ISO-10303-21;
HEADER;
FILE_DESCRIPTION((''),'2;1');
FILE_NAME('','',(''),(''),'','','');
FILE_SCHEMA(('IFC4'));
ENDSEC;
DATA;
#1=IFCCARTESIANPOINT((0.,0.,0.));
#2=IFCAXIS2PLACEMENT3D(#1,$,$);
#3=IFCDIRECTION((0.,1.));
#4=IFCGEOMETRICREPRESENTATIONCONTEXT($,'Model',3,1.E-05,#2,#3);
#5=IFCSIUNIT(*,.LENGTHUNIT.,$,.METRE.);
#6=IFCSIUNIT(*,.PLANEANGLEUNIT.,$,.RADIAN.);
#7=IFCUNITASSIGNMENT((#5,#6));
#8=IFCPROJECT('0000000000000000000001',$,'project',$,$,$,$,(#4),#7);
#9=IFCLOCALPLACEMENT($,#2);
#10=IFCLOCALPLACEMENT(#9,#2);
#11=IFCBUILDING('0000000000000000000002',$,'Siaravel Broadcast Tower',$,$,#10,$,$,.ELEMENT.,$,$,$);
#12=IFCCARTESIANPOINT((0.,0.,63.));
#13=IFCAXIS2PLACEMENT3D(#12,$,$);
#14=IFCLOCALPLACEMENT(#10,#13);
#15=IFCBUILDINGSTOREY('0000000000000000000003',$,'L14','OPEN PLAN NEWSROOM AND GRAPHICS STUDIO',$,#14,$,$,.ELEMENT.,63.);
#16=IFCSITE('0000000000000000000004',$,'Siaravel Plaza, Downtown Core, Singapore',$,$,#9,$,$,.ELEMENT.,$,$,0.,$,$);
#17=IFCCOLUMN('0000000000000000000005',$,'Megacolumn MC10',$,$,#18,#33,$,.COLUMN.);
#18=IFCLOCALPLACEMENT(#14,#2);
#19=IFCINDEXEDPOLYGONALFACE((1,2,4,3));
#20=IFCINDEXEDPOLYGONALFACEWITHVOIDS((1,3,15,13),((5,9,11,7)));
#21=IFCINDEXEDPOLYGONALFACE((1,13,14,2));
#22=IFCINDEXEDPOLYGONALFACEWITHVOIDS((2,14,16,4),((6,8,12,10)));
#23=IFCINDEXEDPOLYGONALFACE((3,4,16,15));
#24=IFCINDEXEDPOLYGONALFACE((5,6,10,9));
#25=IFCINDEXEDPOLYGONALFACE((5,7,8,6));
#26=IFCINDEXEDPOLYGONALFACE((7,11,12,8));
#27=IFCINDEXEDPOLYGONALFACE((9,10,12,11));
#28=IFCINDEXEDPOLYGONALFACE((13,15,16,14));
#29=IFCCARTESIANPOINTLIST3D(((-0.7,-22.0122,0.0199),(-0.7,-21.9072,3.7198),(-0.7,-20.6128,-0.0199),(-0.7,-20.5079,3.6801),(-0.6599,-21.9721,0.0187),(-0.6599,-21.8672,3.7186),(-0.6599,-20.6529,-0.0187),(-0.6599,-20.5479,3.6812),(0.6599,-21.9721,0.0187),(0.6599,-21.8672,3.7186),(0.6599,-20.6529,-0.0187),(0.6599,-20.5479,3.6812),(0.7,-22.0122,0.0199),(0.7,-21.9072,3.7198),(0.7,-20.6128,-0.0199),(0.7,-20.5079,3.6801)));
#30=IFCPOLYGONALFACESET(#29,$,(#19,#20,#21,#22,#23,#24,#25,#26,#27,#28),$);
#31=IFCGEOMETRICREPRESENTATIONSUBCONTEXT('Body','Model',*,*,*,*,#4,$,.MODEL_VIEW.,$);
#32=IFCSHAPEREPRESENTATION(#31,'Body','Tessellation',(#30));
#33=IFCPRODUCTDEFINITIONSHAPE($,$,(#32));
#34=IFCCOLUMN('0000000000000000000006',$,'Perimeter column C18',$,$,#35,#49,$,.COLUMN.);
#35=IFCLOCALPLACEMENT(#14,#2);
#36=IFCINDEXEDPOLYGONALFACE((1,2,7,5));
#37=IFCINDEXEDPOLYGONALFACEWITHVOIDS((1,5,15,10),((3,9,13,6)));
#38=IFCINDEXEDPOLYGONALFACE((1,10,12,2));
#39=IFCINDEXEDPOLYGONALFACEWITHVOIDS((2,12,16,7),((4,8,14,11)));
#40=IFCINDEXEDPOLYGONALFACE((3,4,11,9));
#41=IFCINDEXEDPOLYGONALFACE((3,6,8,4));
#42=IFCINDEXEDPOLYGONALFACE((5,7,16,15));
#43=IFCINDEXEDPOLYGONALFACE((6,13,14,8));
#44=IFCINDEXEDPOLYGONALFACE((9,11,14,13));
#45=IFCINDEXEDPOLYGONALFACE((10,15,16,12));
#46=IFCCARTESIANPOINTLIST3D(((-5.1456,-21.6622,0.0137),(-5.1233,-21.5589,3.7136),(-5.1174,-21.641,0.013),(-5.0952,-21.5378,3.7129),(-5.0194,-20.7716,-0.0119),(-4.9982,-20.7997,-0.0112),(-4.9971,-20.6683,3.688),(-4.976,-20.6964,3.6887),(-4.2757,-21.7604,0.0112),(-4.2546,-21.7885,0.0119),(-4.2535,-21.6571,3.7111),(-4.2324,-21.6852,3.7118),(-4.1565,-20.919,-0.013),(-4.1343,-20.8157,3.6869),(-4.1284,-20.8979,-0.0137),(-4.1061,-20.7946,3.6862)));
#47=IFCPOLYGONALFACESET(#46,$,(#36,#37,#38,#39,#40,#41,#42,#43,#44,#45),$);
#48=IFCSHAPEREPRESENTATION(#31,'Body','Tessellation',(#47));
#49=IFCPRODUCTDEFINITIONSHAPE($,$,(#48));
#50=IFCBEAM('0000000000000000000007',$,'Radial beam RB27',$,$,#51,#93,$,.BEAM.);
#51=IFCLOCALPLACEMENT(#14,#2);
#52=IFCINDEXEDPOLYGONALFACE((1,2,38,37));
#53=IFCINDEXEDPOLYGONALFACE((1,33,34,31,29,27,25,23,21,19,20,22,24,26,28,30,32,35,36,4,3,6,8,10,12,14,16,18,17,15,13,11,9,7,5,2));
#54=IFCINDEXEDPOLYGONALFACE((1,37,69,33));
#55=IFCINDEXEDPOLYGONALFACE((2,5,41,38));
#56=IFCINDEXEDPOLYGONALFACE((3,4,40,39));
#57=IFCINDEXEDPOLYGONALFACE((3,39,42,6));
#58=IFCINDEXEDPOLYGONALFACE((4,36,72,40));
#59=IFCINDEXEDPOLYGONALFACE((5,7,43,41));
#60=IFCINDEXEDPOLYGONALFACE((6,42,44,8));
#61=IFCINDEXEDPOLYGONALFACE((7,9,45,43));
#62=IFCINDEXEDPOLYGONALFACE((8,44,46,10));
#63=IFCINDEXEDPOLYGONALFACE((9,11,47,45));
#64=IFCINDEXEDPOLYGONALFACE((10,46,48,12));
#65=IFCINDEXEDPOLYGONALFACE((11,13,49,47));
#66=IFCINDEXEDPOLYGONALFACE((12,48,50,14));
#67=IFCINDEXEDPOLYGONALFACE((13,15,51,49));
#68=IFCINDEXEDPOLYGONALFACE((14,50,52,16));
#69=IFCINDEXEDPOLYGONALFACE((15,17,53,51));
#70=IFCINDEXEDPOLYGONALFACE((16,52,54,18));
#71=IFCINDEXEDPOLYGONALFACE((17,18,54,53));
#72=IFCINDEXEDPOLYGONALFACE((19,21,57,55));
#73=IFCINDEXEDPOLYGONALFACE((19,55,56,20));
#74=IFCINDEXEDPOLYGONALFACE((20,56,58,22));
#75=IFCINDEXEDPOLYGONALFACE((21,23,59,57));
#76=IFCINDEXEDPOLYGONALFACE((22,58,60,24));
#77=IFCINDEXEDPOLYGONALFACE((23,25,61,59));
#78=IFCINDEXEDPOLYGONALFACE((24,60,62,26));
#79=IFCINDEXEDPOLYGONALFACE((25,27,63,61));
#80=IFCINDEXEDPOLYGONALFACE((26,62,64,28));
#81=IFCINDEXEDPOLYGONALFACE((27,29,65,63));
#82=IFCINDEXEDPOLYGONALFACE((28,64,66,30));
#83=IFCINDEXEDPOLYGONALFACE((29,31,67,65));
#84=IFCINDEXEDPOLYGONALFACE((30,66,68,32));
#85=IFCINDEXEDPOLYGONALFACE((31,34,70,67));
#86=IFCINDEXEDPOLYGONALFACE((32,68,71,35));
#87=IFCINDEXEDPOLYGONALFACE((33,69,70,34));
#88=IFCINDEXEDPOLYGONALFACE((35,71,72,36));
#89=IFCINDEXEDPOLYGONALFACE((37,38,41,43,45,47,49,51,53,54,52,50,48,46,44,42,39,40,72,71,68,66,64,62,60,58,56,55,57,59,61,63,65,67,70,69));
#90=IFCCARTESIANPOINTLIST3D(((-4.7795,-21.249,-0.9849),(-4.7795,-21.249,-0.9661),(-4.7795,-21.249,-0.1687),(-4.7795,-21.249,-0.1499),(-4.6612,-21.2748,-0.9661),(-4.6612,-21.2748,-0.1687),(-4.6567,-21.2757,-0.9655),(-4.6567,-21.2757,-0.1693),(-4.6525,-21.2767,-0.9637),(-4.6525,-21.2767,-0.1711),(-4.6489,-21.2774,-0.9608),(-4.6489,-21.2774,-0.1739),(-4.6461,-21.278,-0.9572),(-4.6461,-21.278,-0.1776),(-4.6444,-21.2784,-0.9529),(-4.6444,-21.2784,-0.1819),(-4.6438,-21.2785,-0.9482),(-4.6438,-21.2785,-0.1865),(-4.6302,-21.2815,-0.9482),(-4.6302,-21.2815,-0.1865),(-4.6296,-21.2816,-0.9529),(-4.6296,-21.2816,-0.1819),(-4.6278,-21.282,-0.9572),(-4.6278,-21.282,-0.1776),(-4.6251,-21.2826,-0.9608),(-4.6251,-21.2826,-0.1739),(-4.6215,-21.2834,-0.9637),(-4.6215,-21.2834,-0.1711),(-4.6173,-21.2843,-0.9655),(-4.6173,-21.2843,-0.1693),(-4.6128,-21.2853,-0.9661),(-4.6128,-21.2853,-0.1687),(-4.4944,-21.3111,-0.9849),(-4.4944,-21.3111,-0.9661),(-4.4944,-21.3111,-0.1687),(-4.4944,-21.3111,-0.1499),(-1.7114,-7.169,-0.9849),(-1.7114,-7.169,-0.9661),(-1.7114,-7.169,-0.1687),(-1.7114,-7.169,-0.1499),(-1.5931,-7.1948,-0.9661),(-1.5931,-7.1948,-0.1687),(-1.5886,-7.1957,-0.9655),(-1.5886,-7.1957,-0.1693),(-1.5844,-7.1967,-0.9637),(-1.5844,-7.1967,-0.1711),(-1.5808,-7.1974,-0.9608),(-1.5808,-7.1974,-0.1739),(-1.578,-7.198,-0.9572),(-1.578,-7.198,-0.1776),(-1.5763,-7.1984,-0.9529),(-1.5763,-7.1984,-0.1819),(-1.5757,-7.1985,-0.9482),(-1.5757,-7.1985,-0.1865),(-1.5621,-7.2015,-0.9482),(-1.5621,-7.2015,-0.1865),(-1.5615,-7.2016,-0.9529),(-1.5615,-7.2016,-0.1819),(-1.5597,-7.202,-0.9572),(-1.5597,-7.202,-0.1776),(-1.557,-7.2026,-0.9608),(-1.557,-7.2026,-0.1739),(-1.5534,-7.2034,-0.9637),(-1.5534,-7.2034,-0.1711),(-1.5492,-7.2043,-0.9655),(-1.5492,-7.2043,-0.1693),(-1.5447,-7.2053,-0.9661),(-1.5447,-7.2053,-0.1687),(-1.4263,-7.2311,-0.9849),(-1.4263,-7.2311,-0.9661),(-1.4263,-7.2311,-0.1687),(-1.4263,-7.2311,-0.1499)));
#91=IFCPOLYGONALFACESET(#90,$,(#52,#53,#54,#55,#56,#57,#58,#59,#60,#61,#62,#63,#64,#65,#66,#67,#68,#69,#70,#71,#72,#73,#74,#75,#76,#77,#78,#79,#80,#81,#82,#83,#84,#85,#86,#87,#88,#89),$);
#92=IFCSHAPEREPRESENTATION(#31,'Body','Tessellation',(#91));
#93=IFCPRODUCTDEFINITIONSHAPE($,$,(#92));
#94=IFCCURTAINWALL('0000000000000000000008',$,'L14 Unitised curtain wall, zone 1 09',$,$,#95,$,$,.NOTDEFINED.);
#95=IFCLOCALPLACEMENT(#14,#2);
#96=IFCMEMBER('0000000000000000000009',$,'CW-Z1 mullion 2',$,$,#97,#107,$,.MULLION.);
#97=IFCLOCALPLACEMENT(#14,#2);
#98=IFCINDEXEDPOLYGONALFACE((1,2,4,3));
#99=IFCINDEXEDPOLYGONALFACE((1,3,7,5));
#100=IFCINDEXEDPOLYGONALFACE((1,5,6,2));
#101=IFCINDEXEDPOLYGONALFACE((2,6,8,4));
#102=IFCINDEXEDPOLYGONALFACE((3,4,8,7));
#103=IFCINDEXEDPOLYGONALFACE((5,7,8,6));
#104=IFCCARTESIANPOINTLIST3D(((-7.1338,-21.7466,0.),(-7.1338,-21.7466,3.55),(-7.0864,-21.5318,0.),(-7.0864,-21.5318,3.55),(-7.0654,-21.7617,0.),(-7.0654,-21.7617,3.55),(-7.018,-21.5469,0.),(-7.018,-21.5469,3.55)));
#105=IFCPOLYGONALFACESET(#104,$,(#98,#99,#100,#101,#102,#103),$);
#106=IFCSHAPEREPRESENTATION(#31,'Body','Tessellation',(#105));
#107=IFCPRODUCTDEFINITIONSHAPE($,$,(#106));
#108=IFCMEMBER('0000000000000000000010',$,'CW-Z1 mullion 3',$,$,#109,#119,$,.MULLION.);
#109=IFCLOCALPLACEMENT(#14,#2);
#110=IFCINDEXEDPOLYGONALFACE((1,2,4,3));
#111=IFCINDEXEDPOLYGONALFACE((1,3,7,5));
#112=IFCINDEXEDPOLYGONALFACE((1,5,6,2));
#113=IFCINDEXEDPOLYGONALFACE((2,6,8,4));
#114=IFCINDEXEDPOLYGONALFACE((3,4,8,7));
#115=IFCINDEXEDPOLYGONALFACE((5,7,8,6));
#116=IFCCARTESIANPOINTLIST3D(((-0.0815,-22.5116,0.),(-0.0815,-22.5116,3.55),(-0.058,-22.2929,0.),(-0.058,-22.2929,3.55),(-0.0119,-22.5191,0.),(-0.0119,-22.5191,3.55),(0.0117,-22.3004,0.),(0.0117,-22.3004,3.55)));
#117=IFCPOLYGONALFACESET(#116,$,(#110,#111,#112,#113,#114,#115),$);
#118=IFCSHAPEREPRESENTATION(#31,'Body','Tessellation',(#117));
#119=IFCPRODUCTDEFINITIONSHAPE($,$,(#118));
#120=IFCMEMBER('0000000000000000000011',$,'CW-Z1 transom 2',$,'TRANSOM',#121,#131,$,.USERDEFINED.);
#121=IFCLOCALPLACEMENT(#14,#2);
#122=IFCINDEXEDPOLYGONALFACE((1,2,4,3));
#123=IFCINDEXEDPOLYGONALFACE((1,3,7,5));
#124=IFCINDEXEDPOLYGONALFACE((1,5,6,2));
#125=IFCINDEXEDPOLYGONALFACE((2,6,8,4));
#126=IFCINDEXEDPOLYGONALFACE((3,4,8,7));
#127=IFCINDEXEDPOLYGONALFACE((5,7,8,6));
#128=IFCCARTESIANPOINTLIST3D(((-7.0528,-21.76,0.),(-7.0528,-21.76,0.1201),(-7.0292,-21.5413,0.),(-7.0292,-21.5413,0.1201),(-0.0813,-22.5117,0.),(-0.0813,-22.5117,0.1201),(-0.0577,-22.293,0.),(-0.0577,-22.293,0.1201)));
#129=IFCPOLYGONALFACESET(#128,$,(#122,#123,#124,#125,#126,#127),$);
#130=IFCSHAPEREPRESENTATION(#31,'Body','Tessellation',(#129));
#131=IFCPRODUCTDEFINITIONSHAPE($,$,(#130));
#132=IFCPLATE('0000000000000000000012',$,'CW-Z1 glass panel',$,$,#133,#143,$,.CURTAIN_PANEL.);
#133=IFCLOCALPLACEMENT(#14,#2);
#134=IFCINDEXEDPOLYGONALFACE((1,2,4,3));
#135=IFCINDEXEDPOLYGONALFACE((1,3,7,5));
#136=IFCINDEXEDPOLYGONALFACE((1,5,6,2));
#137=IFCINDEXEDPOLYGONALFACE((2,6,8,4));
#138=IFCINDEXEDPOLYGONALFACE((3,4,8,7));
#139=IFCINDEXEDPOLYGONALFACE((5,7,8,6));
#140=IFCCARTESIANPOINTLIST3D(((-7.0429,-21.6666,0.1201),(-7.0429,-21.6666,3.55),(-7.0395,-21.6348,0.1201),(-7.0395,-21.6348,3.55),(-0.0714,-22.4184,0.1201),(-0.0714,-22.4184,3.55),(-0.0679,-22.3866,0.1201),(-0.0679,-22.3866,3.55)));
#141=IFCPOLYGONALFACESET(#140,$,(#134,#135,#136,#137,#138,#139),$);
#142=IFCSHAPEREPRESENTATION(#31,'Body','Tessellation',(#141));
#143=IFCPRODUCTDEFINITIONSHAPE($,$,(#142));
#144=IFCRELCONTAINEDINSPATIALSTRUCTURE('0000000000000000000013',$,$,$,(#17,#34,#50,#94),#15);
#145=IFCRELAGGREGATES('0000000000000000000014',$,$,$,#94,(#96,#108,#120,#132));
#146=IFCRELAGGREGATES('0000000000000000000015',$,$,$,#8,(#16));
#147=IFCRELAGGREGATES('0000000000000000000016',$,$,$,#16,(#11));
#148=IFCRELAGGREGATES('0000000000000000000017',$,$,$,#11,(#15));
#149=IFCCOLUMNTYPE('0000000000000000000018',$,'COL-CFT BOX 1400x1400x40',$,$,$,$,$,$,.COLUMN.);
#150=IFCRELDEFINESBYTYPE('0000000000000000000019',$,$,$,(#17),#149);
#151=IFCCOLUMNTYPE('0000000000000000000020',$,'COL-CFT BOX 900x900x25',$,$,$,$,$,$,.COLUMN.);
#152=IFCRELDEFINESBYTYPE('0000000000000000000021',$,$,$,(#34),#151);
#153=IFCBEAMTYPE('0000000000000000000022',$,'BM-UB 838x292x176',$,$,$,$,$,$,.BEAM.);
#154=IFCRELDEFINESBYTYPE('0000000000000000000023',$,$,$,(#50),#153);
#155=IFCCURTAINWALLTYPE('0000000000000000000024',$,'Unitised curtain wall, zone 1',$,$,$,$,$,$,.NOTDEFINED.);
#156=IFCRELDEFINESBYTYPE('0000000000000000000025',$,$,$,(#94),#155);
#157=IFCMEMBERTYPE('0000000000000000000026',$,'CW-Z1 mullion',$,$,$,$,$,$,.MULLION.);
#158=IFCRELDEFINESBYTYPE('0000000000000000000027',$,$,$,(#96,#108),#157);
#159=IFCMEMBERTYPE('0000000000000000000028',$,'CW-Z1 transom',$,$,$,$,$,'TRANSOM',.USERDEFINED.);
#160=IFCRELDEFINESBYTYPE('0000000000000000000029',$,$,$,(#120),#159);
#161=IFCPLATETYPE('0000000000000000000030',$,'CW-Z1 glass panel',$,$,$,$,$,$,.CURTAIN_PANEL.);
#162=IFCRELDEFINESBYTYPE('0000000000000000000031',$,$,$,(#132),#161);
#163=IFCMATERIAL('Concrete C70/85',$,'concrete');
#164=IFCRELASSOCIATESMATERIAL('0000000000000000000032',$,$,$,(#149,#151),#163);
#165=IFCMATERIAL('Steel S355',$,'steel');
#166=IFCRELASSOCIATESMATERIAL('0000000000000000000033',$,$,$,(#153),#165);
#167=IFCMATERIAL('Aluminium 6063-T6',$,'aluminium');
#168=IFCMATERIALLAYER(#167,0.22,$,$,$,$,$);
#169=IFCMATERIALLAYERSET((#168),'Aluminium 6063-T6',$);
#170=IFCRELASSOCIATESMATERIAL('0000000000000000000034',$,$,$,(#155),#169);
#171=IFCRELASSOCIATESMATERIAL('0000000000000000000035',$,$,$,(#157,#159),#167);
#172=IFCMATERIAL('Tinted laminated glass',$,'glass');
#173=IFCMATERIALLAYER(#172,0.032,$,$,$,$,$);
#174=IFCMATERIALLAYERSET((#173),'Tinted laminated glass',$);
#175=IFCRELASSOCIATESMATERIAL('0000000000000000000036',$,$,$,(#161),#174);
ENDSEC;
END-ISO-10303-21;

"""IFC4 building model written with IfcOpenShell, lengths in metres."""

from ifc_helpers import new_model, si_unit, direction, frame, origin, origin_2d, place, context, subcontext, project, spatial, rectangle, hollow_rectangle, i_section, extrude, material, layer, layer_set, material_profile, profile_set, type_object, element, aggregate, save


model = new_model("IFC4")

# Units and contexts
model_context = context("Model", 3, precision=1e-05, world=origin(), true_north=direction((0.0, 1.0)))
body_context = subcontext(model_context, "Body", "Model", "MODEL_VIEW")
ifc_project = project(units=[si_unit("LENGTHUNIT", "METRE"), si_unit("PLANEANGLEUNIT", "RADIAN")], contexts=[model_context])

# Site, building, storey
site_placement = place(None, origin())
site = spatial("IfcSite", under=ifc_project, at=site_placement, Name="Siaravel Plaza, Downtown Core, Singapore", CompositionType="ELEMENT", RefElevation=0.0)
building_placement = place(site_placement, origin())
building = spatial("IfcBuilding", under=site, at=building_placement, Name="Siaravel Broadcast Tower", CompositionType="ELEMENT")
storey_placement = place(building_placement, frame((0.0, 0.0, 63.0)))
storey = spatial("IfcBuildingStorey", under=building, at=storey_placement, Name="L14", Description="OPEN PLAN NEWSROOM AND GRAPHICS STUDIO", CompositionType="ELEMENT", Elevation=63.0)

# Columns
ifc_material_1 = material(Name="Concrete C70/85", Category="concrete")
ifc_material_profile_1 = material_profile(ifc_material_1, hollow_rectangle(XDim=1.3999, YDim=1.3999, WallThickness=0.04, at=origin_2d()))
ifc_profile_set_1 = profile_set([ifc_material_profile_1], Name="Concrete C70/85")
column_type_1 = type_object("IfcColumnType", Name="COL-CFT BOX 1400x1400x40", PredefinedType="COLUMN", material=ifc_profile_set_1)
column_1_placement = place(storey_placement, frame((0.0, -21.3125, 0.0), z_axis=(0.0, 0.028362, 0.999598), x_axis=(-1.0, 0.0, 0.0)))
element("IfcColumn", 1, at=column_1_placement, inside=storey, type_object=column_type_1, Name="Megacolumn MC10", PredefinedType="COLUMN", context=body_context, shape_type="SweptSolid", body=[
    extrude(hollow_rectangle(XDim=1.3999, YDim=1.3999, WallThickness=0.04, at=origin_2d()), origin(), (0.0, 0.0, 1.0), 3.7014),
])
ifc_material_profile_2 = material_profile(ifc_material_1, hollow_rectangle(XDim=0.8999, YDim=0.8999, WallThickness=0.0249, at=origin_2d()))
ifc_profile_set_2 = profile_set([ifc_material_profile_2], Name="Concrete C70/85")
column_type_2 = type_object("IfcColumnType", Name="COL-CFT BOX 900x900x25", PredefinedType="COLUMN", material=ifc_profile_set_2)
column_2_placement = place(storey_placement, frame((-4.637, -21.28, 0.0), z_axis=(0.006002, 0.0279, 0.999593), x_axis=(-0.990099, 0.140359, 0.002028)))
element("IfcColumn", 2, at=column_2_placement, inside=storey, type_object=column_type_2, Name="Perimeter column C18", PredefinedType="COLUMN", context=body_context, shape_type="SweptSolid", body=[
    extrude(hollow_rectangle(XDim=0.8999, YDim=0.8999, WallThickness=0.0249, at=origin_2d()), origin(), (0.0, 0.0, 1.0), 3.7014),
])

# Beam
ifc_material_2 = material(Name="Steel S355", Category="steel")
ifc_material_profile_3 = material_profile(ifc_material_2, i_section(OverallWidth=0.2917, OverallDepth=0.835, WebThickness=0.0139, FlangeThickness=0.0188, FilletRadius=0.0178, at=origin_2d()))
ifc_profile_set_3 = profile_set([ifc_material_profile_3], Name="Steel S355")
beam_type = type_object("IfcBeamType", Name="BM-UB 838x292x176", PredefinedType="BEAM", material=ifc_profile_set_3)
beam_placement = place(storey_placement, frame((-4.637, -21.28, -0.5674), z_axis=(0.212909, 0.977072, 0.0), x_axis=(-0.977072, 0.212909, 0.0)))
element("IfcBeam", 3, at=beam_placement, inside=storey, type_object=beam_type, Name="Radial beam RB27", PredefinedType="BEAM", context=body_context, shape_type="SweptSolid", body=[
    extrude(i_section(OverallWidth=0.2917, OverallDepth=0.835, WebThickness=0.0139, FlangeThickness=0.0188, FilletRadius=0.0178, at=origin_2d()), origin(), (0.0, 0.0, 1.0), 14.4104),
])

# Curtain wall, members, plate
ifc_material_3 = material(Name="Aluminium 6063-T6", Category="aluminium")
ifc_layer_1 = layer(ifc_material_3, 0.22)
ifc_layer_set_1 = layer_set([ifc_layer_1], Name="Aluminium 6063-T6")
curtain_wall_type = type_object("IfcCurtainWallType", Name="Unitised curtain wall, zone 1", PredefinedType="NOTDEFINED", material=ifc_layer_set_1)
curtain_wall_placement = place(storey_placement, origin())
curtain_wall = element("IfcCurtainWall", 4, at=curtain_wall_placement, inside=storey, type_object=curtain_wall_type, Name="L14 Unitised curtain wall, zone 1 09", PredefinedType="NOTDEFINED")
ifc_material_profile_4 = material_profile(ifc_material_3, rectangle(XDim=0.22, YDim=0.0701, at=origin_2d()))
ifc_profile_set_4 = profile_set([ifc_material_profile_4], Name="Aluminium 6063-T6")
member_type_1 = type_object("IfcMemberType", Name="CW-Z1 mullion", PredefinedType="MULLION", material=ifc_profile_set_4)
member_1_placement = place(storey_placement, frame((-7.0759, -21.6467, 0.0), z_axis=(0.0, 0.0, 1.0), x_axis=(0.215557, 0.976491, 0.0)))
member_1 = element("IfcMember", 5, at=member_1_placement, type_object=member_type_1, Name="CW-Z1 mullion 2", PredefinedType="MULLION", context=body_context, shape_type="SweptSolid", body=[
    extrude(rectangle(XDim=0.22, YDim=0.0701, at=origin_2d()), origin(), (0.0, 0.0, 1.0), 3.55),
])
member_2_placement = place(storey_placement, frame((-0.0349, -22.406, 0.0), z_axis=(0.0, 0.0, 1.0), x_axis=(0.107217, 0.994236, 0.0)))
member_2 = element("IfcMember", 6, at=member_2_placement, type_object=member_type_1, Name="CW-Z1 mullion 3", PredefinedType="MULLION", context=body_context, shape_type="SweptSolid", body=[
    extrude(rectangle(XDim=0.22, YDim=0.0701, at=origin_2d()), origin(), (0.0, 0.0, 1.0), 3.55),
])
ifc_material_profile_5 = material_profile(ifc_material_3, rectangle(XDim=0.22, YDim=0.1201, at=origin_2d()))
ifc_profile_set_5 = profile_set([ifc_material_profile_5], Name="Aluminium 6063-T6")
member_type_2 = type_object("IfcMemberType", Name="CW-Z1 transom", ElementType="TRANSOM", PredefinedType="USERDEFINED", material=ifc_profile_set_5)
member_3_placement = place(storey_placement, frame((-7.041, -21.6506, 0.0601), z_axis=(0.994237, -0.107206, 0.0), x_axis=(0.107206, 0.994237, 0.0)))
member_3 = element("IfcMember", 7, at=member_3_placement, type_object=member_type_2, Name="CW-Z1 transom 2", ObjectType="TRANSOM", PredefinedType="USERDEFINED", context=body_context, shape_type="SweptSolid", body=[
    extrude(rectangle(XDim=0.22, YDim=0.1201, at=origin_2d()), origin(), (0.0, 0.0, 1.0), 7.012),
])
ifc_material_4 = material(Name="Tinted laminated glass", Category="glass")
ifc_layer_2 = layer(ifc_material_4, 0.032)
ifc_layer_set_2 = layer_set([ifc_layer_2], Name="Tinted laminated glass")
plate_type = type_object("IfcPlateType", Name="CW-Z1 glass panel", PredefinedType="CURTAIN_PANEL", material=ifc_layer_set_2)
plate_placement = place(storey_placement, frame((-3.5554, -22.0266, 0.1201), z_axis=(0.0, 0.0, 1.0), x_axis=(0.994236, -0.107217, 0.0)))
plate = element("IfcPlate", 8, at=plate_placement, type_object=plate_type, Name="CW-Z1 glass panel", PredefinedType="CURTAIN_PANEL", context=body_context, shape_type="SweptSolid", body=[
    extrude(rectangle(XDim=7.012, YDim=0.032, at=origin_2d()), origin(), (0.0, 0.0, 1.0), 3.4299),
])
aggregate(curtain_wall, [member_1, member_2, member_3, plate])

save(model, "model.ifc")
